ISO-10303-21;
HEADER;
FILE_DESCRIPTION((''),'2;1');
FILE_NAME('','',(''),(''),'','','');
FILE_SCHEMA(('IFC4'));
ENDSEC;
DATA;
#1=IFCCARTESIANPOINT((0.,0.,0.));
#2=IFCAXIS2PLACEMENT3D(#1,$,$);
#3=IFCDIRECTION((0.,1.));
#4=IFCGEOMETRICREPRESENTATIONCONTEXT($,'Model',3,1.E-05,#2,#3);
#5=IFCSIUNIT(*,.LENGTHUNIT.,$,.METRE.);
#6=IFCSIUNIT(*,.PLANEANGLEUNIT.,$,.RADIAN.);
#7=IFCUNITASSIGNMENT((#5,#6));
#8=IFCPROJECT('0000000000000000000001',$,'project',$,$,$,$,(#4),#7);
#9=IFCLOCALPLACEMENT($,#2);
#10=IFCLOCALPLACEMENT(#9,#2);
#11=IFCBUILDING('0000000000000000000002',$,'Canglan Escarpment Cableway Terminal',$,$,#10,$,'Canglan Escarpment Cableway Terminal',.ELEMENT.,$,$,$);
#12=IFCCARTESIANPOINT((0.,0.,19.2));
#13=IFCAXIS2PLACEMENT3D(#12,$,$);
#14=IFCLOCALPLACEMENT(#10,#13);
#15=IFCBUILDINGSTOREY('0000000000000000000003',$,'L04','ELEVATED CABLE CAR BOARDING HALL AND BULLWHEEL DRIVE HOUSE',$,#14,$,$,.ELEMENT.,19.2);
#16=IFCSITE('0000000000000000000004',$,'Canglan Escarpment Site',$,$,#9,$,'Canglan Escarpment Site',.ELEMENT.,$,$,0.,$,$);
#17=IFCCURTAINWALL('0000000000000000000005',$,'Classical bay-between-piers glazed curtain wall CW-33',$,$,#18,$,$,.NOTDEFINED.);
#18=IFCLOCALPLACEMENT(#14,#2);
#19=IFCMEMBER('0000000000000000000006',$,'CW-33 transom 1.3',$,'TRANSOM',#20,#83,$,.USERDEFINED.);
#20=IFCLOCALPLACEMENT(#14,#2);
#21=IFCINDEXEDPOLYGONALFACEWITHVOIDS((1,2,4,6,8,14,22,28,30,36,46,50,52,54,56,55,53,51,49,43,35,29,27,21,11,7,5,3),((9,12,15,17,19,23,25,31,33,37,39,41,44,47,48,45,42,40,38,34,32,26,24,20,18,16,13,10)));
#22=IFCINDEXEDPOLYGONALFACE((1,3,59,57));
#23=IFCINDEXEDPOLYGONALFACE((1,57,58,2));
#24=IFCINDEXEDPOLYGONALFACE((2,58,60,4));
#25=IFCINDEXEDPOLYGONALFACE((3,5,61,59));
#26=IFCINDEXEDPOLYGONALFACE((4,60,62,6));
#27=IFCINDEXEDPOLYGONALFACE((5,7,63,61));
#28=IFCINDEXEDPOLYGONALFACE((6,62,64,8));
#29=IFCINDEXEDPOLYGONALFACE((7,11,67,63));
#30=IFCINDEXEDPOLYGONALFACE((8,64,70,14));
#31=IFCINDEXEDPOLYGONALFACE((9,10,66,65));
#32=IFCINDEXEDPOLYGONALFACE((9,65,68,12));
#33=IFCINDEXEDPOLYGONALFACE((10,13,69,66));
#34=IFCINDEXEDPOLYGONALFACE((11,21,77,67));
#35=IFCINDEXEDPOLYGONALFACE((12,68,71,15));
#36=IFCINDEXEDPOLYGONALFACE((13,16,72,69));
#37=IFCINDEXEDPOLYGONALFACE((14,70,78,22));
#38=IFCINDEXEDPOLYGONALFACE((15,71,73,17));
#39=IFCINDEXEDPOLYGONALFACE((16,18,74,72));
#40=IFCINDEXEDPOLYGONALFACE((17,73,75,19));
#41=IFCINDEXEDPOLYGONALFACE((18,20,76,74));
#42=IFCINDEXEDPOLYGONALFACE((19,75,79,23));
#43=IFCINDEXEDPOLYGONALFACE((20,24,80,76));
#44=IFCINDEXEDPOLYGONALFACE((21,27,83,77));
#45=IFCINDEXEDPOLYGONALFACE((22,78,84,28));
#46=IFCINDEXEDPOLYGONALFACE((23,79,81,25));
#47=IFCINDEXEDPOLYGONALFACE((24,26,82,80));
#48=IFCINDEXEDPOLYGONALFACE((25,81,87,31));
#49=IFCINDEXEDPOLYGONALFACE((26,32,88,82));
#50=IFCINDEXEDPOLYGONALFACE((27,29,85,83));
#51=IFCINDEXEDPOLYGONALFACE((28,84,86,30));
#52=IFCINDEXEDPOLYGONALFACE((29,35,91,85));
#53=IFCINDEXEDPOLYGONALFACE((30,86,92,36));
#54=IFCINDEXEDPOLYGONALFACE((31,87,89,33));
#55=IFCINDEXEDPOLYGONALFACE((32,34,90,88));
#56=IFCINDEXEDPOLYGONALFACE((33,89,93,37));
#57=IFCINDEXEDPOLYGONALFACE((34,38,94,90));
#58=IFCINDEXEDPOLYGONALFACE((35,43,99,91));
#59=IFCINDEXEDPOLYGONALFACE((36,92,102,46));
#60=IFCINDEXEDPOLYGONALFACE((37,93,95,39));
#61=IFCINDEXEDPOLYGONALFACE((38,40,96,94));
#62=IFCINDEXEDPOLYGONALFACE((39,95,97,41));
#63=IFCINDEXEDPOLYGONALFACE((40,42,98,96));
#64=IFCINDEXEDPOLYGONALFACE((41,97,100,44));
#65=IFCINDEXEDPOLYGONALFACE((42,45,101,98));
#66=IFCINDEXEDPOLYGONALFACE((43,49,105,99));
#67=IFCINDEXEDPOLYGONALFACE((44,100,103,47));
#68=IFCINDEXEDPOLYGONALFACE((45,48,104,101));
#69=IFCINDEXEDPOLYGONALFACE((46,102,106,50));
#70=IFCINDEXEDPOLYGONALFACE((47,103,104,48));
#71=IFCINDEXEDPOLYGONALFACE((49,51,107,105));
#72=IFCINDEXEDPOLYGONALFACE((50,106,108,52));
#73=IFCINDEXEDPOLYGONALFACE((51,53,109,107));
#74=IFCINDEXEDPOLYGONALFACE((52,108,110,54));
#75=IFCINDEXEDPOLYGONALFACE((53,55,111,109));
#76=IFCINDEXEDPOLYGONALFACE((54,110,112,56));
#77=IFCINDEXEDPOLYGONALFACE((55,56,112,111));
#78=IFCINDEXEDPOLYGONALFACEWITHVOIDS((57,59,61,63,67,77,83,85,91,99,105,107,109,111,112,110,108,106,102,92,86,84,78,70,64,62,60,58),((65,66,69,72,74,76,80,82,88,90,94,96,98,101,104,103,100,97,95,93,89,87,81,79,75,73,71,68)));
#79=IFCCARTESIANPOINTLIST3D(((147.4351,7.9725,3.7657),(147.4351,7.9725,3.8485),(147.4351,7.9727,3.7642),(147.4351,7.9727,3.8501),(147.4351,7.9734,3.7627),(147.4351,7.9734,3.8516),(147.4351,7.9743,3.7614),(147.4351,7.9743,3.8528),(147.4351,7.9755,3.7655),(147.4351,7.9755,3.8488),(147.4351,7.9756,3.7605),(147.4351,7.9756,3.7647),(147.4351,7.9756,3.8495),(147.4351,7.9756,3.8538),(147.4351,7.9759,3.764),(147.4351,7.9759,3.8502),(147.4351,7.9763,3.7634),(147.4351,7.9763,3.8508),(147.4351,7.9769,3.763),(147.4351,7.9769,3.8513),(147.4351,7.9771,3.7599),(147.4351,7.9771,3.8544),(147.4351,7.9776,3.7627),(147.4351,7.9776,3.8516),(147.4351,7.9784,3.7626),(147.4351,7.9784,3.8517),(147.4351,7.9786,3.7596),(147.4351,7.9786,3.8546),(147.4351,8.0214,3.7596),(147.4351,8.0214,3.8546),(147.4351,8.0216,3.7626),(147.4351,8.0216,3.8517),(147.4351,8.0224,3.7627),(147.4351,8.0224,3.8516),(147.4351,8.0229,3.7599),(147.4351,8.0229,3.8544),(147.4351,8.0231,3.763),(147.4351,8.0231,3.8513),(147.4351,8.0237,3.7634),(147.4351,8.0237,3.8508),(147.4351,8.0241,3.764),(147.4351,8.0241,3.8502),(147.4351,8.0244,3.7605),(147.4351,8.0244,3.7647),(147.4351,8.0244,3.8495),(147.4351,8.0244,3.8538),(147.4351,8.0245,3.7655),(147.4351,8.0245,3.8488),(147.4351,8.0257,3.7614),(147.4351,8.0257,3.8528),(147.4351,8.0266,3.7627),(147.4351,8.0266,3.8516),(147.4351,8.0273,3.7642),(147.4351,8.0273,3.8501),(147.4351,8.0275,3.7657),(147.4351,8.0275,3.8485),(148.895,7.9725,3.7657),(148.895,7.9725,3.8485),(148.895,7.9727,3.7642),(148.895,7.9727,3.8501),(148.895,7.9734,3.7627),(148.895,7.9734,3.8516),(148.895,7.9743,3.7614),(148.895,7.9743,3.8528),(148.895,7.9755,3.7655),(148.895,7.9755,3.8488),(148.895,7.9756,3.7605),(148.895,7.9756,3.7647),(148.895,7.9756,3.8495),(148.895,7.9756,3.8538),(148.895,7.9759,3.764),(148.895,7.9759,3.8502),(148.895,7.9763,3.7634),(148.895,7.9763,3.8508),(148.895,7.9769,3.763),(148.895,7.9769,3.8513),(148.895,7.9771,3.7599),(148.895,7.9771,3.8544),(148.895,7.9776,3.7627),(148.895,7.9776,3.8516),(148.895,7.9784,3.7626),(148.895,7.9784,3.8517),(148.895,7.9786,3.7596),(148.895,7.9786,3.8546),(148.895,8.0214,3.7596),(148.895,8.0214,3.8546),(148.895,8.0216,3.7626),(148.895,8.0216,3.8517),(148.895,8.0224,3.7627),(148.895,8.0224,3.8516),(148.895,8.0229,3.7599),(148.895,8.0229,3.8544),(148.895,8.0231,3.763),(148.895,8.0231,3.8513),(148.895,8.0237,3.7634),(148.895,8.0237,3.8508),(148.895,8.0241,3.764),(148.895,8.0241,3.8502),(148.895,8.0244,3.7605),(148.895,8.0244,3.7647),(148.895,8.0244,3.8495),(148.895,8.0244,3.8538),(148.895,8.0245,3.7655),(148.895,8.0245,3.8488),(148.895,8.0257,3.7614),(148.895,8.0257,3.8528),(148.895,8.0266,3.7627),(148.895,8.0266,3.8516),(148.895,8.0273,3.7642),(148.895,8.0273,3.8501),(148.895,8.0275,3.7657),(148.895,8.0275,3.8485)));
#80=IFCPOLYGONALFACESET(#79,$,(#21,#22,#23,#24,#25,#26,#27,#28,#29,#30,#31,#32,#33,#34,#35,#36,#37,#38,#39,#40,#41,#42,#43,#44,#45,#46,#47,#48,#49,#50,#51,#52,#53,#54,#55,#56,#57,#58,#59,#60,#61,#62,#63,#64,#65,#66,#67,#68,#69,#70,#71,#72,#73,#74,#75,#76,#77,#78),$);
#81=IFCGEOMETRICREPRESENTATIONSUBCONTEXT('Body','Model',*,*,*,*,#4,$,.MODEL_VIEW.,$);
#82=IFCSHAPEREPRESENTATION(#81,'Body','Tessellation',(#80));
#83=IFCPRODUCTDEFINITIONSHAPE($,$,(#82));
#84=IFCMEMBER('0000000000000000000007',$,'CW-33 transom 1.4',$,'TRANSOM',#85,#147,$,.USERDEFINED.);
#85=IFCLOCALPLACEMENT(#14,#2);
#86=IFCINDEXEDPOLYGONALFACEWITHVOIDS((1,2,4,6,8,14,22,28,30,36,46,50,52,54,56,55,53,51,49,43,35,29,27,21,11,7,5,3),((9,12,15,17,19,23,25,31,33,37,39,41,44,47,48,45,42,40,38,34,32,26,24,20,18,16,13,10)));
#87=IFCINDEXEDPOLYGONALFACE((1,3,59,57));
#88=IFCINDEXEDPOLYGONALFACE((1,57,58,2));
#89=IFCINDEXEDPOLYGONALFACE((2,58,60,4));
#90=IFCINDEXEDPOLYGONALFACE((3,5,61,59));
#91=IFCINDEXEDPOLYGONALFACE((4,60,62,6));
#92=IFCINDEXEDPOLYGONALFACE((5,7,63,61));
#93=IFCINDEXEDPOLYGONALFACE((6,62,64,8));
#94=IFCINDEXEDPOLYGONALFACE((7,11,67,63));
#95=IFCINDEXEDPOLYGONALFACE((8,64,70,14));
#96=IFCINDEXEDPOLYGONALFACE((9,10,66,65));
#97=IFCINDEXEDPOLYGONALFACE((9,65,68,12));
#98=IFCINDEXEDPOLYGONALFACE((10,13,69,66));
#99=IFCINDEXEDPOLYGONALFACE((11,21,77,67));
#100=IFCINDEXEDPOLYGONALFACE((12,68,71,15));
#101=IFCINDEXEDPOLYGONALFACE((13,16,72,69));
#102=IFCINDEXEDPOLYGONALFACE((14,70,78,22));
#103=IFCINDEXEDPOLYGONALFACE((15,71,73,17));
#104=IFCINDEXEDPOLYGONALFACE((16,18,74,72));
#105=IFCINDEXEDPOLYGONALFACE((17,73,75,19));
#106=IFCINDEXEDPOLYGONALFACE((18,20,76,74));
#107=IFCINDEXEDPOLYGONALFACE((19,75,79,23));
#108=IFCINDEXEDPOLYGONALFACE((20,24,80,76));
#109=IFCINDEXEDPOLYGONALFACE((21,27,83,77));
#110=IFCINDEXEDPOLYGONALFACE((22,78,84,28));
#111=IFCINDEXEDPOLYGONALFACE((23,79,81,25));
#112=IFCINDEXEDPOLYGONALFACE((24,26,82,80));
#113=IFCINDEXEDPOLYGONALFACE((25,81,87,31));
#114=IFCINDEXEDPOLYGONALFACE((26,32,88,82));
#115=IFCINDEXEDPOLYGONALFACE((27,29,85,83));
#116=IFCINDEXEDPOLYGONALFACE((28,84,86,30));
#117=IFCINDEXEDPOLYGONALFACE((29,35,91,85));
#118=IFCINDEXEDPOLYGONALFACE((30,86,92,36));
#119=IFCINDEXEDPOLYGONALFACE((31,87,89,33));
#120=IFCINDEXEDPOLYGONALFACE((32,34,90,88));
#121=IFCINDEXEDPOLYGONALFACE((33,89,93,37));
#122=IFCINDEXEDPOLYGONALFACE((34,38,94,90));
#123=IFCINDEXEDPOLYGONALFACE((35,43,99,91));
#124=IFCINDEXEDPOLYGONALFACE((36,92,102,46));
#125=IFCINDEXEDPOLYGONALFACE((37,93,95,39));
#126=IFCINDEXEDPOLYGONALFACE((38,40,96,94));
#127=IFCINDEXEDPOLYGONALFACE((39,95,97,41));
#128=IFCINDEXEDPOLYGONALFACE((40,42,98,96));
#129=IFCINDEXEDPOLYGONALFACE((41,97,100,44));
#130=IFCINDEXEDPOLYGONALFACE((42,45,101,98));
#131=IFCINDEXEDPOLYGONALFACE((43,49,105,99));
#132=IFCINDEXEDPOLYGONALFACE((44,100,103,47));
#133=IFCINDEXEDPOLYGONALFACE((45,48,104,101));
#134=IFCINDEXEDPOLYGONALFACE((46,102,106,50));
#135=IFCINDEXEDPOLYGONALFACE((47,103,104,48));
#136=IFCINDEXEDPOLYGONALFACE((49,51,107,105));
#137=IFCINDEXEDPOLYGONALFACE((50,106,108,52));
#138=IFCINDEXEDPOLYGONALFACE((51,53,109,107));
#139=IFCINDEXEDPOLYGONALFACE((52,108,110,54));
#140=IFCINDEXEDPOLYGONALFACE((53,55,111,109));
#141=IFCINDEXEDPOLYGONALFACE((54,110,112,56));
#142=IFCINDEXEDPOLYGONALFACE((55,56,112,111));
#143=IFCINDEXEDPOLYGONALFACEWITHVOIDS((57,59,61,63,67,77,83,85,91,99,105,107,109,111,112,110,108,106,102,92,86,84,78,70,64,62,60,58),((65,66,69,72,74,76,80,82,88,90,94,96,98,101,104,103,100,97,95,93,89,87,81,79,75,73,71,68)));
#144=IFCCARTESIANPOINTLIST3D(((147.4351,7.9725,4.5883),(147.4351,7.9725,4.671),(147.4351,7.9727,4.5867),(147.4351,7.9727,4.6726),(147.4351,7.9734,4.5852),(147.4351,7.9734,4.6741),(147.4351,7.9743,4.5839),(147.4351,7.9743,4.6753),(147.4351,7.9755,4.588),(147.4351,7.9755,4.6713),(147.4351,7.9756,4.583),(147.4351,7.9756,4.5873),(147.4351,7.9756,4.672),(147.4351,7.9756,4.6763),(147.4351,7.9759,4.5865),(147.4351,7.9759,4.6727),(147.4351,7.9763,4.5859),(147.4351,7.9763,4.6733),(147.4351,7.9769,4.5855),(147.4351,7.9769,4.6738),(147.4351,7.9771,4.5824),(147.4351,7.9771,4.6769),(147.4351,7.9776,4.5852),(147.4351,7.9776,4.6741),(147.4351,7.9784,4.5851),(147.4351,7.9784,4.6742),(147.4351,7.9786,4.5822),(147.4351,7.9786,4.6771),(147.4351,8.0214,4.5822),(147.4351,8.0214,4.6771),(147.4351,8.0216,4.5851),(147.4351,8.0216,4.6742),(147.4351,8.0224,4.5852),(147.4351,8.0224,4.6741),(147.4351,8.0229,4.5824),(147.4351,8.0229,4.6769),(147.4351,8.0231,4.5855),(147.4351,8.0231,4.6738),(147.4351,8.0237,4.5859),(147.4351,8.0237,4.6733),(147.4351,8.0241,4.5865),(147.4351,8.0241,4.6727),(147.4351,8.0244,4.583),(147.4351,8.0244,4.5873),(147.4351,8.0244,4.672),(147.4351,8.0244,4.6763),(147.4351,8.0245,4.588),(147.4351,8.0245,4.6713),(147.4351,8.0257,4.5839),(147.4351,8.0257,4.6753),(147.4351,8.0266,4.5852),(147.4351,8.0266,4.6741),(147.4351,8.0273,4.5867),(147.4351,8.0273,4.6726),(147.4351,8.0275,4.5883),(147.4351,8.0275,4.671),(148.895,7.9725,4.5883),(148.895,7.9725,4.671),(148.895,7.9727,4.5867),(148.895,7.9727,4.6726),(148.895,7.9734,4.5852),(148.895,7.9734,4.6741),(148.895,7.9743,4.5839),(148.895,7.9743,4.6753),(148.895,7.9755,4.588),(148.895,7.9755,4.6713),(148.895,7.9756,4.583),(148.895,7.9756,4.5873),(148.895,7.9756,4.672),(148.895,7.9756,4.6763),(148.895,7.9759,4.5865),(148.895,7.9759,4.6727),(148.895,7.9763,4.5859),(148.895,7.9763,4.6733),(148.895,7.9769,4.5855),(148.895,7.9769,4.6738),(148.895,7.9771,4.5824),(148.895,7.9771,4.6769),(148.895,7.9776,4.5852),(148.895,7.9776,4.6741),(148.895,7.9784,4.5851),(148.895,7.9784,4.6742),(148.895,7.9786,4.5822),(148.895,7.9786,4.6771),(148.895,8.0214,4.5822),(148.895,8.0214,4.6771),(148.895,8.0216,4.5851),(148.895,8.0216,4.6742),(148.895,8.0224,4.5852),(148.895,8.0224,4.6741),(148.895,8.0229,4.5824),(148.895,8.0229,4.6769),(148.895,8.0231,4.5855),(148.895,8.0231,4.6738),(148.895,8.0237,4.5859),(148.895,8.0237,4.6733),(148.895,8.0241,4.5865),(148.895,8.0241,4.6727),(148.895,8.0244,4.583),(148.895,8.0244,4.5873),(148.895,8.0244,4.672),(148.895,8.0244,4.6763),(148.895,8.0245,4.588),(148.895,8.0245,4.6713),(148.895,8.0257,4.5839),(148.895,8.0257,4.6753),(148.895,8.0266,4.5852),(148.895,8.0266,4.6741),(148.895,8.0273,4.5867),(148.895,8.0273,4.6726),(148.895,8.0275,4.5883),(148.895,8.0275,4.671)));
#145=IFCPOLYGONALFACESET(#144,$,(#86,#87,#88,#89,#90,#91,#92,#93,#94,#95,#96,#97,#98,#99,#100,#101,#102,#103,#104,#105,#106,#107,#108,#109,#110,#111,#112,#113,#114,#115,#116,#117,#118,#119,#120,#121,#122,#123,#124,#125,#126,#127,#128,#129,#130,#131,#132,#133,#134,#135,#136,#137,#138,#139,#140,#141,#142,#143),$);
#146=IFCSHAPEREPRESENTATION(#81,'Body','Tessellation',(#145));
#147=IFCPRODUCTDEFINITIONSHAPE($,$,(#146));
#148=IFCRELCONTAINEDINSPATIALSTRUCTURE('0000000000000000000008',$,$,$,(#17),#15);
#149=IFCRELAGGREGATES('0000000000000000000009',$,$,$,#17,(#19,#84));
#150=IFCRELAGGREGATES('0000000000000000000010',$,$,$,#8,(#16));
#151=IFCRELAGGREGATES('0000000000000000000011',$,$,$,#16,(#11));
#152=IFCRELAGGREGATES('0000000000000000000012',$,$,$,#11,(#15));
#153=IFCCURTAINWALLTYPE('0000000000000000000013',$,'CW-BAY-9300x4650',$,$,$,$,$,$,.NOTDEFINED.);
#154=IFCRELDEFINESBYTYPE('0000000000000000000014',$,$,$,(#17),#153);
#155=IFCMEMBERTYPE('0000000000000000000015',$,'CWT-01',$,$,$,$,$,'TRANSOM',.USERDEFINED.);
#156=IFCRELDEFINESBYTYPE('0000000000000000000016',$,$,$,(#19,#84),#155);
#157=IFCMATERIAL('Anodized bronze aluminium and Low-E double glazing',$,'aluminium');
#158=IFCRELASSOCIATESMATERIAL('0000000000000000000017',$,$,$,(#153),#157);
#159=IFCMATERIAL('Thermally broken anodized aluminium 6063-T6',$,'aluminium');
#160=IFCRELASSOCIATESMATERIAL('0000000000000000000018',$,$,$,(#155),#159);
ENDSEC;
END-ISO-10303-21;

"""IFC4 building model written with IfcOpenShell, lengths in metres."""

from ifc_helpers import new_model, si_unit, direction, frame, origin, origin_2d, place, context, subcontext, project, spatial, hollow_rectangle, extrude, material, material_profile, profile_set, type_object, element, aggregate, save


model = new_model("IFC4")

# Units and contexts
model_context = context("Model", 3, precision=1e-05, world=origin(), true_north=direction((0.0, 1.0)))
body_context = subcontext(model_context, "Body", "Model", "MODEL_VIEW")
ifc_project = project(units=[si_unit("LENGTHUNIT", "METRE"), si_unit("PLANEANGLEUNIT", "RADIAN")], contexts=[model_context])

# Site, building, storey
site_placement = place(None, origin())
site = spatial("IfcSite", under=ifc_project, at=site_placement, Name="Canglan Escarpment Site", LongName="Canglan Escarpment Site", CompositionType="ELEMENT", RefElevation=0.0)
building_placement = place(site_placement, origin())
building = spatial("IfcBuilding", under=site, at=building_placement, Name="Canglan Escarpment Cableway Terminal", LongName="Canglan Escarpment Cableway Terminal", CompositionType="ELEMENT")
storey_placement = place(building_placement, frame((0.0, 0.0, 19.2)))
storey = spatial("IfcBuildingStorey", under=building, at=storey_placement, Name="L04", Description="ELEVATED CABLE CAR BOARDING HALL AND BULLWHEEL DRIVE HOUSE", CompositionType="ELEMENT", Elevation=19.2)

# Curtain wall, members
ifc_material_1 = material(Name="Anodized bronze aluminium and Low-E double glazing", Category="aluminium")
curtain_wall_type = type_object("IfcCurtainWallType", Name="CW-BAY-9300x4650", PredefinedType="NOTDEFINED", material=ifc_material_1)
curtain_wall_placement = place(storey_placement, origin())
curtain_wall = element("IfcCurtainWall", 1, at=curtain_wall_placement, inside=storey, type_object=curtain_wall_type, Name="Classical bay-between-piers glazed curtain wall CW-33", PredefinedType="NOTDEFINED")
ifc_material_2 = material(Name="Thermally broken anodized aluminium 6063-T6", Category="aluminium")
ifc_material_profile_1 = material_profile(ifc_material_2, hollow_rectangle(XDim=0.0549, YDim=0.095, WallThickness=0.0029, InnerFilletRadius=0.0029, OuterFilletRadius=0.0061, at=origin_2d()), Name="ALU-TRAN 55x95x3")
ifc_profile_set_1 = profile_set([ifc_material_profile_1], Name="Thermally broken anodized aluminium 6063-T6")
member_type_1 = type_object("IfcMemberType", Name="CWT-01", ElementType="TRANSOM", PredefinedType="USERDEFINED", material=ifc_profile_set_1)
member_1_placement = place(storey_placement, frame((147.4351, 8.0, 3.8071), z_axis=(1.0, 0.0, 0.0), x_axis=(0.0, 1.0, 0.0)))
member_1 = element("IfcMember", 2, at=member_1_placement, type_object=member_type_1, Name="CW-33 transom 1.3", ObjectType="TRANSOM", PredefinedType="USERDEFINED", context=body_context, shape_type="SweptSolid", body=[
    extrude(hollow_rectangle(XDim=0.0549, YDim=0.095, WallThickness=0.0029, InnerFilletRadius=0.0029, OuterFilletRadius=0.0061, at=origin_2d()), origin(), (0.0, 0.0, 1.0), 1.46),
])
member_2_placement = place(storey_placement, frame((147.4351, 8.0, 4.6296), z_axis=(1.0, 0.0, 0.0), x_axis=(0.0, 1.0, 0.0)))
member_2 = element("IfcMember", 3, at=member_2_placement, type_object=member_type_1, Name="CW-33 transom 1.4", ObjectType="TRANSOM", PredefinedType="USERDEFINED", context=body_context, shape_type="SweptSolid", body=[
    extrude(hollow_rectangle(XDim=0.0549, YDim=0.095, WallThickness=0.0029, InnerFilletRadius=0.0029, OuterFilletRadius=0.0061, at=origin_2d()), origin(), (0.0, 0.0, 1.0), 1.46),
])
aggregate(curtain_wall, [member_1, member_2])

save(model, "model.ifc")
